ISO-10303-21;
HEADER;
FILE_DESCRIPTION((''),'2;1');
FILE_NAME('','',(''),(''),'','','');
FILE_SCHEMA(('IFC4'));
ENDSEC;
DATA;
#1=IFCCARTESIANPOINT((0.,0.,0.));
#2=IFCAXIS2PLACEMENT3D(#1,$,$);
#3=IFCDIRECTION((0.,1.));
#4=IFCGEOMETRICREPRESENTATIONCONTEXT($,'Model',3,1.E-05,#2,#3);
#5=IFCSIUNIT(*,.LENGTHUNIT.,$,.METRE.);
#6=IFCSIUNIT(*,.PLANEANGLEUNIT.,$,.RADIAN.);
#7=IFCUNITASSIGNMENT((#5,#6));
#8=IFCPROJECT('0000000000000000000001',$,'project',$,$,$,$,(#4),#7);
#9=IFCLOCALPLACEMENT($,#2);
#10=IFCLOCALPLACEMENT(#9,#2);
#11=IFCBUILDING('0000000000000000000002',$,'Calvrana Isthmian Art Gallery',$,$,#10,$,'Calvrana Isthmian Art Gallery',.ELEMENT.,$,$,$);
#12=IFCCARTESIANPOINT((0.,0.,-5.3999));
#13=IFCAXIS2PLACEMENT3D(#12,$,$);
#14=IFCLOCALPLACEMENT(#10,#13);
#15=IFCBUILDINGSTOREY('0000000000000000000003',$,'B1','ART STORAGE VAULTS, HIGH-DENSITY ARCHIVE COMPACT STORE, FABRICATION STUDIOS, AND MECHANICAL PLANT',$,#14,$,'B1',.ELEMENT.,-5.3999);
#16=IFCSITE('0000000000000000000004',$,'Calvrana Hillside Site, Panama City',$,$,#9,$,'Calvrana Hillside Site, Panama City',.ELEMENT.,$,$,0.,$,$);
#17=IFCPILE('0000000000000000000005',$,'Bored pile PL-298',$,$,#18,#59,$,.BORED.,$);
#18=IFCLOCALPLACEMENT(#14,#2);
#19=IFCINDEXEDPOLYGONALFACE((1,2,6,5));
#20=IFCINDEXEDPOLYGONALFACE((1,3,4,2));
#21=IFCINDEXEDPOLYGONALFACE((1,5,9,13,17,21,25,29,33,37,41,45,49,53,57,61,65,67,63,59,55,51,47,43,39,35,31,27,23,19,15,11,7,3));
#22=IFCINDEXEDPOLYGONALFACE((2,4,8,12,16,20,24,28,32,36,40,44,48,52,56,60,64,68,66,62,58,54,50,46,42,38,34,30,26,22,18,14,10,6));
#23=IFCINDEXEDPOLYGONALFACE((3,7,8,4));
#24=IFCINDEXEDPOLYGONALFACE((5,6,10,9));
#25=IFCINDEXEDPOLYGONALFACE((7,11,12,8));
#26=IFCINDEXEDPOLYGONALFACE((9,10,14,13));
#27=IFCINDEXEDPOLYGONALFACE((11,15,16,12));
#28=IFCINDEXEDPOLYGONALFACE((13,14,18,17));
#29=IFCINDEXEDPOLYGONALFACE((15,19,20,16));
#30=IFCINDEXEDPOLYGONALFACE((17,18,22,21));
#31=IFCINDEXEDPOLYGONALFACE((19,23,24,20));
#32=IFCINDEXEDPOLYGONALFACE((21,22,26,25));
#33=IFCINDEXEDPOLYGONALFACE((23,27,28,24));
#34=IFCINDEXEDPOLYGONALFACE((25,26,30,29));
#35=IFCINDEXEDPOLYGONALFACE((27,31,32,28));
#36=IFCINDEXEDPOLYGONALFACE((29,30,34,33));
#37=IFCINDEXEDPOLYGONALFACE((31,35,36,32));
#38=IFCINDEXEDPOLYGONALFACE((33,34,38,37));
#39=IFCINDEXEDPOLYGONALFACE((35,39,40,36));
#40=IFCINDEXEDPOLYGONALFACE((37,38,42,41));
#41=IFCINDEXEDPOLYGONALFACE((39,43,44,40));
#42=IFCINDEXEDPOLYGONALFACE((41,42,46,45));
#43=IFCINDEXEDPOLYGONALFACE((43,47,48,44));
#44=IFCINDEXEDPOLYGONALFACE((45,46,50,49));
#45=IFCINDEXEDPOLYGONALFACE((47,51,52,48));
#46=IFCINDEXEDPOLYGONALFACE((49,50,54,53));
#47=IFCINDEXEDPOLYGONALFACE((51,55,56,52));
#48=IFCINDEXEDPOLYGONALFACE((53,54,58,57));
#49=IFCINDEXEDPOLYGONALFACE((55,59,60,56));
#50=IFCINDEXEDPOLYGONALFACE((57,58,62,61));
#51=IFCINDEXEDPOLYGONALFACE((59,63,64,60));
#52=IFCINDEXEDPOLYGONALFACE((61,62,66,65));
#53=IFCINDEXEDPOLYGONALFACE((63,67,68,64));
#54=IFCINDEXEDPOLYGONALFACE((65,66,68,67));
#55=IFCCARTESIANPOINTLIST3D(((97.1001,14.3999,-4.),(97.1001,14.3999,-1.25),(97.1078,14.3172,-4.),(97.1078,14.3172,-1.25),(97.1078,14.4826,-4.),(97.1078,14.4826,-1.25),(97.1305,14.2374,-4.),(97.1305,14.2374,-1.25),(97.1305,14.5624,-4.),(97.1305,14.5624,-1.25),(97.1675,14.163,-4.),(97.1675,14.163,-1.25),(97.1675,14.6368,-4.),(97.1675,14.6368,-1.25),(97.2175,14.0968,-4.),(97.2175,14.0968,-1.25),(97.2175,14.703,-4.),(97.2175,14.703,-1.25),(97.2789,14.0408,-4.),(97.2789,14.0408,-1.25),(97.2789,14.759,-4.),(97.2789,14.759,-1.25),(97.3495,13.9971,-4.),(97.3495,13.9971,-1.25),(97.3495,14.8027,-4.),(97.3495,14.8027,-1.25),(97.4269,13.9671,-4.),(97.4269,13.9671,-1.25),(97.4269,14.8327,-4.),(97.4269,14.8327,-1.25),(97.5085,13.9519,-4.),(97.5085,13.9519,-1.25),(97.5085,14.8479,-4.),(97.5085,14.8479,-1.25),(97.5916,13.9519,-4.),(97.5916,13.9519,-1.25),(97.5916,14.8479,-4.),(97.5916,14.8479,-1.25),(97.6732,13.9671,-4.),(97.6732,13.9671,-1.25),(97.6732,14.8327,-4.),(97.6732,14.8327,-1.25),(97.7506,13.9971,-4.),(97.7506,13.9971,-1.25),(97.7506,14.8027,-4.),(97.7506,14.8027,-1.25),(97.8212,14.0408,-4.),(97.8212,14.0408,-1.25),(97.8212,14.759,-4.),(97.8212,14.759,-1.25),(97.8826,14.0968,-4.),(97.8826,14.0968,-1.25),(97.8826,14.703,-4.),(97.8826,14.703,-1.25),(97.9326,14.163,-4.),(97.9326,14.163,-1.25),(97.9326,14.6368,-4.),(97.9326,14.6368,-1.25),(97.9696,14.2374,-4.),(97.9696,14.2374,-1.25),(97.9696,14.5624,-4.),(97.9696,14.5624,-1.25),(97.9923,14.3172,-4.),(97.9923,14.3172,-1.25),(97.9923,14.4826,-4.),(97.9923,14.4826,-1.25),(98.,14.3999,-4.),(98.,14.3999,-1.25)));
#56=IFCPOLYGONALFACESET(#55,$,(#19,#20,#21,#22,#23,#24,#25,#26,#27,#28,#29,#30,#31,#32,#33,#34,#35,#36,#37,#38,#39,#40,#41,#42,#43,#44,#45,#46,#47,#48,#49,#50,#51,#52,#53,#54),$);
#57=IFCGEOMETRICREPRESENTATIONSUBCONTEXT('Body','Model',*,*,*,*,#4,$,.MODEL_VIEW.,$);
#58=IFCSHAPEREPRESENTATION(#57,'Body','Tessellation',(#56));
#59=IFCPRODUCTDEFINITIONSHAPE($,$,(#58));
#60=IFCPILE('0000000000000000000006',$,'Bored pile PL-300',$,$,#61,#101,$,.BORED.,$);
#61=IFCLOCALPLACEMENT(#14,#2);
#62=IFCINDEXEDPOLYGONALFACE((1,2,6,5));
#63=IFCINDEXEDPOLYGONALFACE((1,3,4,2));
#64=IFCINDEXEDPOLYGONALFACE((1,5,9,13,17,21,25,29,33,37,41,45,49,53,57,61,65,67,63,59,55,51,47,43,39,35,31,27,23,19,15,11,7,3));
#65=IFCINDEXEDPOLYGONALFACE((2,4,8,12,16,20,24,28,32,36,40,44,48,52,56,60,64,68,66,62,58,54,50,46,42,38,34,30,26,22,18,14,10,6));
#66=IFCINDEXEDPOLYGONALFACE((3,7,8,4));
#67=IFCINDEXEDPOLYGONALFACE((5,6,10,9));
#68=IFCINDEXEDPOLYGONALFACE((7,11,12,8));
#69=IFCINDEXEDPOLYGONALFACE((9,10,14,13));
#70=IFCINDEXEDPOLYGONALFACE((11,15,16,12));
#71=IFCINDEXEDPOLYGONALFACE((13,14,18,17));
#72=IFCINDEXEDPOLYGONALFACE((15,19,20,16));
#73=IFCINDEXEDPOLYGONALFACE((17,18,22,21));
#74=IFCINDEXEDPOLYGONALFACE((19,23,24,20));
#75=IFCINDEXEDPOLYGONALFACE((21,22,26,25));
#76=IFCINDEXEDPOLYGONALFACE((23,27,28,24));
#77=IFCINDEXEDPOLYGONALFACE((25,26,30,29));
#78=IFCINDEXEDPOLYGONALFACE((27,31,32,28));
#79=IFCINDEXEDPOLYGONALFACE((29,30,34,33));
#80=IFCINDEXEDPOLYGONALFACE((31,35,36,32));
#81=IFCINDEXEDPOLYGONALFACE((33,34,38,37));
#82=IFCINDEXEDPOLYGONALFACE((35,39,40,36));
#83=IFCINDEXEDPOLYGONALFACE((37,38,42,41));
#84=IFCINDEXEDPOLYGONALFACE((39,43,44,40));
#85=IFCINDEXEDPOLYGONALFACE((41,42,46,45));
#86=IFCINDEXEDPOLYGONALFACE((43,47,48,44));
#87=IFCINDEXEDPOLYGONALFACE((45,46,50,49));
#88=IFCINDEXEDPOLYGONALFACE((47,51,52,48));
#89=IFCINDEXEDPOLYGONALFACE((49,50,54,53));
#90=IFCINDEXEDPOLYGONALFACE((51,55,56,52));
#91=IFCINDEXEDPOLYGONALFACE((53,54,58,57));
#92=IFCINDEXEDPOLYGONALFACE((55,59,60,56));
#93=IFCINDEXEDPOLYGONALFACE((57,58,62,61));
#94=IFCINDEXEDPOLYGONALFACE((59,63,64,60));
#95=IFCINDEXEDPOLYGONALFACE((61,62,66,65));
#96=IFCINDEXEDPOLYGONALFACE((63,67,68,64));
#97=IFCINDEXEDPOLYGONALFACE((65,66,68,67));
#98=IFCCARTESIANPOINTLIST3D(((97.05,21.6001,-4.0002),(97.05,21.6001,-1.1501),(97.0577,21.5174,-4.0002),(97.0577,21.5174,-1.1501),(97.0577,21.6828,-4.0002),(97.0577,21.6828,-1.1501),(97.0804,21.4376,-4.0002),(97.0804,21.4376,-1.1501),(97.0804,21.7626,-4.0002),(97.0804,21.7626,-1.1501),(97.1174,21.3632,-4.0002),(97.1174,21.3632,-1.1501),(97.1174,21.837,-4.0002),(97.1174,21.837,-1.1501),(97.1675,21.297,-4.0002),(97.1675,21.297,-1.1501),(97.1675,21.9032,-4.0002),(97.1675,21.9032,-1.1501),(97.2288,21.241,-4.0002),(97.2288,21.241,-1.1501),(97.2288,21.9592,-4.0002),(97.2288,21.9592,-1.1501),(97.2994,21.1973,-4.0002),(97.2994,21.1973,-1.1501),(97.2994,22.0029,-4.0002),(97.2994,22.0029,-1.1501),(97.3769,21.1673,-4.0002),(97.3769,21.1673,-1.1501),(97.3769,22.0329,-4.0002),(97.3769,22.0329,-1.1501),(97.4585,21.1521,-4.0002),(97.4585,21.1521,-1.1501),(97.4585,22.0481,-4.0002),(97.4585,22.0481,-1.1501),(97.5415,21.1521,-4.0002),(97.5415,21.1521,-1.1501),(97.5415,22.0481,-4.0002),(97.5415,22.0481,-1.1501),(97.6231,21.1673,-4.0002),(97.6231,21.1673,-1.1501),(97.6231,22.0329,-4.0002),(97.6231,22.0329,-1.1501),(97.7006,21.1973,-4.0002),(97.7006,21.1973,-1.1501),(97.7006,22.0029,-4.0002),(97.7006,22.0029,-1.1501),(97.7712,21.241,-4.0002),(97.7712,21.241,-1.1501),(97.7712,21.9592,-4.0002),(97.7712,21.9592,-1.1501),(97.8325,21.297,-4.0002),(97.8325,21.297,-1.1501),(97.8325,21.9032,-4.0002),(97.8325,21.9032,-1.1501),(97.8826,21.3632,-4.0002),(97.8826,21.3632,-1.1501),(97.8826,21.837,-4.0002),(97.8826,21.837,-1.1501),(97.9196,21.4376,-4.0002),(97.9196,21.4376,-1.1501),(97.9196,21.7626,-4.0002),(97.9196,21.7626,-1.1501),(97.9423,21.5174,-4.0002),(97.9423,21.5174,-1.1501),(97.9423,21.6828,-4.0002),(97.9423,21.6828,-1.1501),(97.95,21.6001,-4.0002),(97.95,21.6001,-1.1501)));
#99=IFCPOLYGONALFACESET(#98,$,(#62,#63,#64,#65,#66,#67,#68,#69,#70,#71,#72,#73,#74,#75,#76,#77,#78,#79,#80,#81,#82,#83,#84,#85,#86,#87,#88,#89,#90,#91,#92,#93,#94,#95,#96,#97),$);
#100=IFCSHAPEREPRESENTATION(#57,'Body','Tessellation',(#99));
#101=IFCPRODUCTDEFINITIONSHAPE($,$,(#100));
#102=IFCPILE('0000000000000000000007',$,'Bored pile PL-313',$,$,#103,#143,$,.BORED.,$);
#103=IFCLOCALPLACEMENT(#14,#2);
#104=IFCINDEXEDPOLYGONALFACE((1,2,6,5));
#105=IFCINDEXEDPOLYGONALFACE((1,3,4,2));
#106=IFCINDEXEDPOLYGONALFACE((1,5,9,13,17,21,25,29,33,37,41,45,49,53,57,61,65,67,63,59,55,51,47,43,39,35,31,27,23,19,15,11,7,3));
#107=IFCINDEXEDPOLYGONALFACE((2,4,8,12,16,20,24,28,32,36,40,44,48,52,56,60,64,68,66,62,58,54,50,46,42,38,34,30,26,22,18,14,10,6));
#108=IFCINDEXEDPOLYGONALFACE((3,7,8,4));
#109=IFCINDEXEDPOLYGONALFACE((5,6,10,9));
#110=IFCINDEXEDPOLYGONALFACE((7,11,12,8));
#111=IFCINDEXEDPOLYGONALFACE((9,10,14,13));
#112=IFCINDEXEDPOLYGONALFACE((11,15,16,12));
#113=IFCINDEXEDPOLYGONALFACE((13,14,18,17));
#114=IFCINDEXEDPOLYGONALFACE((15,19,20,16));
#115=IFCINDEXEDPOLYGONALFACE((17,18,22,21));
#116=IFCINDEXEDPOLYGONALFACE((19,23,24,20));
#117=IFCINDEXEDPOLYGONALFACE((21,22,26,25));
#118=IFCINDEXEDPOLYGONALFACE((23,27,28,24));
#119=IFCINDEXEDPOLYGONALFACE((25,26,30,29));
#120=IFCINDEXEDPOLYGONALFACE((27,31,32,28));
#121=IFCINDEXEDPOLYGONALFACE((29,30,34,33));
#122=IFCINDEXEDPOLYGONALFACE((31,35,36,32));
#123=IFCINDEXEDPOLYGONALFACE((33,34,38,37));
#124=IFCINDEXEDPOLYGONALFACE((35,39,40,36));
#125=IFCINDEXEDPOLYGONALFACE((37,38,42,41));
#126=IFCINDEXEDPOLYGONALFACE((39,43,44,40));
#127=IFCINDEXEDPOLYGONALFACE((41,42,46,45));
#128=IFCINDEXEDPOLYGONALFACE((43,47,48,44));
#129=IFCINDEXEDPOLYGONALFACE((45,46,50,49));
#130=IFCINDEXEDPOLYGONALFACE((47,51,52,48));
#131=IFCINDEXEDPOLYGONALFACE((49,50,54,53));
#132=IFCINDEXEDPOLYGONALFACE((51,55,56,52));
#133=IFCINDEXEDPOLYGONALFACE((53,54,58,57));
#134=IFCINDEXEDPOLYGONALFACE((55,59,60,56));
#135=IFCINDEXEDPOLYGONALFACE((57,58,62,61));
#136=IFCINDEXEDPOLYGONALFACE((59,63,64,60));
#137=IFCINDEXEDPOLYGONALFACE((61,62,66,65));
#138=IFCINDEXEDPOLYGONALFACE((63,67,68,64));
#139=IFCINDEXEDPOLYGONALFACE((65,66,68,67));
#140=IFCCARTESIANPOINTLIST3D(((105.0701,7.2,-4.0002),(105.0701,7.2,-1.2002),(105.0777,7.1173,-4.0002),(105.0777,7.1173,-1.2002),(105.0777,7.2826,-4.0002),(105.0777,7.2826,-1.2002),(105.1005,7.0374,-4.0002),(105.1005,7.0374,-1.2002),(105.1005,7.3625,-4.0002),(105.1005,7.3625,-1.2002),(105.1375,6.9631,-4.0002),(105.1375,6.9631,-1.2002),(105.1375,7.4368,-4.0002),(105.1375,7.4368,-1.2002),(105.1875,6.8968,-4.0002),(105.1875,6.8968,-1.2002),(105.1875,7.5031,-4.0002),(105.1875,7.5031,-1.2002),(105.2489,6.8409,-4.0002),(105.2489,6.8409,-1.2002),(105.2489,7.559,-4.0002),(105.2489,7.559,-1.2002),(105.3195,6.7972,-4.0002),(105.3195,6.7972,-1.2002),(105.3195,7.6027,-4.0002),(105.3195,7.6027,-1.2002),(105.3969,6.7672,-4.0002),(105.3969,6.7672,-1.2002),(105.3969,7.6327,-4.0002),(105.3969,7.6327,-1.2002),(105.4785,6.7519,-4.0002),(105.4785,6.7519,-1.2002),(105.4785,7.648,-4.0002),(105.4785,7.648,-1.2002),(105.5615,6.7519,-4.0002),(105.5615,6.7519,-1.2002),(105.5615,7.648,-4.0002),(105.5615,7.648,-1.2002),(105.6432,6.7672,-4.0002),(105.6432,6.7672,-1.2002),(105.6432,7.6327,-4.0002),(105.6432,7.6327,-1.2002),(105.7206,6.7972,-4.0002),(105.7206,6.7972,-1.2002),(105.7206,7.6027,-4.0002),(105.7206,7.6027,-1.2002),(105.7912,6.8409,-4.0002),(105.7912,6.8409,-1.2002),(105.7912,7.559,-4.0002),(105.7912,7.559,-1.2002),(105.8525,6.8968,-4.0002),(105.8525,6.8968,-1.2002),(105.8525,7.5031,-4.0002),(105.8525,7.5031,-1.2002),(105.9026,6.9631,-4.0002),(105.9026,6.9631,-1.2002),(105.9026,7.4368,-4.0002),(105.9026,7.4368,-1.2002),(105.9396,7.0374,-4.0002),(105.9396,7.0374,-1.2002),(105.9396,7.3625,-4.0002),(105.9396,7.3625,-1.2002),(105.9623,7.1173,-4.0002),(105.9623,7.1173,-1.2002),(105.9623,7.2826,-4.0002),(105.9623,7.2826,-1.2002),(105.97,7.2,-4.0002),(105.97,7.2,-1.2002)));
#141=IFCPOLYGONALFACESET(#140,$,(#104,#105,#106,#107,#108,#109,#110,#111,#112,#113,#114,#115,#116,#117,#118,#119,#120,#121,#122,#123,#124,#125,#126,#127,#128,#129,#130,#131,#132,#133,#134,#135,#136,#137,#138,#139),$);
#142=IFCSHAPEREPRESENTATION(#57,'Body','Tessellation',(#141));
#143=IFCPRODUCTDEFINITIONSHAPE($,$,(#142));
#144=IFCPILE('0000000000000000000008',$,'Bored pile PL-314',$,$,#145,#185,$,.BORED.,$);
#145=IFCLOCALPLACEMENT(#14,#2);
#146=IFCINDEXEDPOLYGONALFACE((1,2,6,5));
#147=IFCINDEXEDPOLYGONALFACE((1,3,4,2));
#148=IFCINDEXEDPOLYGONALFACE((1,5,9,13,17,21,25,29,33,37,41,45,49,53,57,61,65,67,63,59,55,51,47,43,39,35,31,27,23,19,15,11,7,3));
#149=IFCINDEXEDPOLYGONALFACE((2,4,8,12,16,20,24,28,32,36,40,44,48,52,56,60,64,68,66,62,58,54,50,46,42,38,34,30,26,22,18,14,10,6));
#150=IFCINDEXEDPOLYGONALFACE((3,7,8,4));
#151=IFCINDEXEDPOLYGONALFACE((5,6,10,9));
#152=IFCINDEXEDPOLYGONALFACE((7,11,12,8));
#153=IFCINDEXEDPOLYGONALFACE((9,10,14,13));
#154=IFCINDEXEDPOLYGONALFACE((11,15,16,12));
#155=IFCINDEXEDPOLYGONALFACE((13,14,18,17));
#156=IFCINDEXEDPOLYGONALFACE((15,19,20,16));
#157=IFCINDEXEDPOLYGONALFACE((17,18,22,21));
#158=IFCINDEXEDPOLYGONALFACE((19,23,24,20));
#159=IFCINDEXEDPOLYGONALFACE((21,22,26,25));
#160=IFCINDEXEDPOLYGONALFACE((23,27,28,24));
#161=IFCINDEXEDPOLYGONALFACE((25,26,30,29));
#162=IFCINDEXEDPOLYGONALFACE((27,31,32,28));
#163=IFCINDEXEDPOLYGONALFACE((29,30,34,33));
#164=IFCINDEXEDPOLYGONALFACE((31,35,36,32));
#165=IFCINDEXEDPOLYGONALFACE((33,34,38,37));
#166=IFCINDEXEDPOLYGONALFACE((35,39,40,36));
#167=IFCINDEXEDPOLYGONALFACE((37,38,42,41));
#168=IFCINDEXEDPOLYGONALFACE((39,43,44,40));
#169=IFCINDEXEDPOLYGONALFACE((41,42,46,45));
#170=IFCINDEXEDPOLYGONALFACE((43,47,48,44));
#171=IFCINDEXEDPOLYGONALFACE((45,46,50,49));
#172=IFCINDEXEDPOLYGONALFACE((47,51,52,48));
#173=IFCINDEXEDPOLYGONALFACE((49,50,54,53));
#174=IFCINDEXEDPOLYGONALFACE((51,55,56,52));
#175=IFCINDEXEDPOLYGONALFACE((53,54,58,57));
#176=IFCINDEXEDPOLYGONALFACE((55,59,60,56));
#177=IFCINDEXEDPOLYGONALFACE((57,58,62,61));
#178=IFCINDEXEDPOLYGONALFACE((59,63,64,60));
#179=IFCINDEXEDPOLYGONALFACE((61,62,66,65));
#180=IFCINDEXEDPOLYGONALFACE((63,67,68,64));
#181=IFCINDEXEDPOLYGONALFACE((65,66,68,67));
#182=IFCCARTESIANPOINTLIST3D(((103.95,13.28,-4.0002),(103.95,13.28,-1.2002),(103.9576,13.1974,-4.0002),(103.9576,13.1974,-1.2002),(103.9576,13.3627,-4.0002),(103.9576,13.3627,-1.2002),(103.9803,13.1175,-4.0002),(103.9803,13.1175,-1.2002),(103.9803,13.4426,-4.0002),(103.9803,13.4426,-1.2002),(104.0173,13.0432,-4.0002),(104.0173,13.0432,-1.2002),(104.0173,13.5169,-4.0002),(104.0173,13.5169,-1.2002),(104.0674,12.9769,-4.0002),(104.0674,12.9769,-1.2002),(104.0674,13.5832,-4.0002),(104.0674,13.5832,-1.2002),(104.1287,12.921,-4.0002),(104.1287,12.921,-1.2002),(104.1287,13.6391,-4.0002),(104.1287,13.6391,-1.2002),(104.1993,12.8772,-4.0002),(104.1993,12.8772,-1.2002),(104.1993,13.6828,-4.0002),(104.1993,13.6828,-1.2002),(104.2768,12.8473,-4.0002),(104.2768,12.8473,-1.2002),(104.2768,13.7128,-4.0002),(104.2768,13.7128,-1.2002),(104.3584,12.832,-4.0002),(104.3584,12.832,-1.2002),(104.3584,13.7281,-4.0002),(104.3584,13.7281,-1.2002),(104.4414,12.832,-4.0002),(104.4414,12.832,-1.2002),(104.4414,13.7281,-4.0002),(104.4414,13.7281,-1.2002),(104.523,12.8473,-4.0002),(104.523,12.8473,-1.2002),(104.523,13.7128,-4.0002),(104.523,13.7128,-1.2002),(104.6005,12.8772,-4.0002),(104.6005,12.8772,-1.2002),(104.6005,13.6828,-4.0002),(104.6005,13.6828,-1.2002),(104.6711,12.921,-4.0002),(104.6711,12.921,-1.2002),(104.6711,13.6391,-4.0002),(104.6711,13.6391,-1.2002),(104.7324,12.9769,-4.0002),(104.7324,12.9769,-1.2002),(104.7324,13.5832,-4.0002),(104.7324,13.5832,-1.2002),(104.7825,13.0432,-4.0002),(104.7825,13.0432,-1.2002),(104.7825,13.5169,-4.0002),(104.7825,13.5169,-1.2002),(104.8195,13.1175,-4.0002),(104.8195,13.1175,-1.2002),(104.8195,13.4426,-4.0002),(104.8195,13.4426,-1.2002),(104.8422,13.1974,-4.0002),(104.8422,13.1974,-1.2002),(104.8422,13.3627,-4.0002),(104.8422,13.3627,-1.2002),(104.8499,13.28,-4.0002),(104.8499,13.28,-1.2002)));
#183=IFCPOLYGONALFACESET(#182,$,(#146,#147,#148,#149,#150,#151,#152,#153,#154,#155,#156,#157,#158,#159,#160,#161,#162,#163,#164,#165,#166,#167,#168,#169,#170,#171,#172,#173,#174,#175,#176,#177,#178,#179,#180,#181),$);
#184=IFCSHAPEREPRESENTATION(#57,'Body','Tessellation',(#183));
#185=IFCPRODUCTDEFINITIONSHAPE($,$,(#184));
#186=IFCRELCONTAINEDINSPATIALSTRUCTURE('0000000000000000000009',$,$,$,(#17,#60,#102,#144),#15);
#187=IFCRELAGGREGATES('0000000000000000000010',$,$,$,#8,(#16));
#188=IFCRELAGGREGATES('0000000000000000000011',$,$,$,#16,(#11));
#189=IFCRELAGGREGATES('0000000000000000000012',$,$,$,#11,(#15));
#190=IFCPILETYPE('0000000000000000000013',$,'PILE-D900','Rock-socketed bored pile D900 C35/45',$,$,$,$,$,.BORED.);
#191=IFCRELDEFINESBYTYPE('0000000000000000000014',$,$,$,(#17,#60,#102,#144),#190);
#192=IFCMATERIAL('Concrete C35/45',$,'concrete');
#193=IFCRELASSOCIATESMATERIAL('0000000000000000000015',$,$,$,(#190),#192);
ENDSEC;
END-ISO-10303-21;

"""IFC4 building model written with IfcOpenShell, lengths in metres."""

from ifc_helpers import new_model, si_unit, direction, frame, origin, origin_2d, place, context, subcontext, project, spatial, circle, extrude, material, material_profile, profile_set, type_object, element, save


model = new_model("IFC4")

# Units and contexts
model_context = context("Model", 3, precision=1e-05, world=origin(), true_north=direction((0.0, 1.0)))
body_context = subcontext(model_context, "Body", "Model", "MODEL_VIEW")
ifc_project = project(units=[si_unit("LENGTHUNIT", "METRE"), si_unit("PLANEANGLEUNIT", "RADIAN")], contexts=[model_context])

# Site, building, storey
site_placement = place(None, origin())
site = spatial("IfcSite", under=ifc_project, at=site_placement, Name="Calvrana Hillside Site, Panama City", LongName="Calvrana Hillside Site, Panama City", CompositionType="ELEMENT", RefElevation=0.0)
building_placement = place(site_placement, origin())
building = spatial("IfcBuilding", under=site, at=building_placement, Name="Calvrana Isthmian Art Gallery", LongName="Calvrana Isthmian Art Gallery", CompositionType="ELEMENT")
storey_placement = place(building_placement, frame((0.0, 0.0, -5.3999)))
storey = spatial("IfcBuildingStorey", under=building, at=storey_placement, Name="B1", Description="ART STORAGE VAULTS, HIGH-DENSITY ARCHIVE COMPACT STORE, FABRICATION STUDIOS, AND MECHANICAL PLANT", LongName="B1", CompositionType="ELEMENT", Elevation=-5.3999)

# Shared definitions
ifc_material_1 = material(Name="Concrete C35/45", Category="concrete")

# Piles
ifc_material_profile_1 = material_profile(ifc_material_1, circle(Radius=0.45, at=origin_2d()), Name="PILE900D")
ifc_profile_set_1 = profile_set([ifc_material_profile_1], Name="Concrete C35/45")
pile_type_1 = type_object("IfcPileType", Name="PILE-D900", Description="Rock-socketed bored pile D900 C35/45", PredefinedType="BORED", material=ifc_profile_set_1)
pile_1_placement = place(storey_placement, frame((97.55, 14.3999, -1.25), z_axis=(0.0, 0.0, -1.0), x_axis=(1.0, 0.0, 0.0)))
element("IfcPile", 1, at=pile_1_placement, inside=storey, type_object=pile_type_1, Name="Bored pile PL-298", PredefinedType="BORED", context=body_context, shape_type="SweptSolid", body=[
    extrude(circle(Radius=0.45, at=origin_2d()), origin(), (0.0, 0.0, 1.0), 2.75),
])
pile_2_placement = place(storey_placement, frame((97.5, 21.6001, -1.1501), z_axis=(0.0, 0.0, -1.0), x_axis=(1.0, 0.0, 0.0)))
element("IfcPile", 2, at=pile_2_placement, inside=storey, type_object=pile_type_1, Name="Bored pile PL-300", PredefinedType="BORED", context=body_context, shape_type="SweptSolid", body=[
    extrude(circle(Radius=0.45, at=origin_2d()), origin(), (0.0, 0.0, 1.0), 2.8501),
])
for number, where, z_axis, x_axis, name in (
    (3, (105.52, 7.2, -1.2002), (0.0, 0.0, -1.0), (1.0, 0.0, 0.0), "Bored pile PL-313"),
    (4, (104.3999, 13.28, -1.2002), (0.0, 0.0, -1.0), (1.0, 0.0, 0.0), "Bored pile PL-314"),
):
    element("IfcPile", number, at=place(storey_placement, frame(where, z_axis=z_axis, x_axis=x_axis)), inside=storey, type_object=pile_type_1, Name=name, PredefinedType="BORED", context=body_context, shape_type="SweptSolid", body=[
        extrude(circle(Radius=0.45, at=origin_2d()), origin(), (0.0, 0.0, 1.0), 2.8),
    ])

save(model, "model.ifc")
